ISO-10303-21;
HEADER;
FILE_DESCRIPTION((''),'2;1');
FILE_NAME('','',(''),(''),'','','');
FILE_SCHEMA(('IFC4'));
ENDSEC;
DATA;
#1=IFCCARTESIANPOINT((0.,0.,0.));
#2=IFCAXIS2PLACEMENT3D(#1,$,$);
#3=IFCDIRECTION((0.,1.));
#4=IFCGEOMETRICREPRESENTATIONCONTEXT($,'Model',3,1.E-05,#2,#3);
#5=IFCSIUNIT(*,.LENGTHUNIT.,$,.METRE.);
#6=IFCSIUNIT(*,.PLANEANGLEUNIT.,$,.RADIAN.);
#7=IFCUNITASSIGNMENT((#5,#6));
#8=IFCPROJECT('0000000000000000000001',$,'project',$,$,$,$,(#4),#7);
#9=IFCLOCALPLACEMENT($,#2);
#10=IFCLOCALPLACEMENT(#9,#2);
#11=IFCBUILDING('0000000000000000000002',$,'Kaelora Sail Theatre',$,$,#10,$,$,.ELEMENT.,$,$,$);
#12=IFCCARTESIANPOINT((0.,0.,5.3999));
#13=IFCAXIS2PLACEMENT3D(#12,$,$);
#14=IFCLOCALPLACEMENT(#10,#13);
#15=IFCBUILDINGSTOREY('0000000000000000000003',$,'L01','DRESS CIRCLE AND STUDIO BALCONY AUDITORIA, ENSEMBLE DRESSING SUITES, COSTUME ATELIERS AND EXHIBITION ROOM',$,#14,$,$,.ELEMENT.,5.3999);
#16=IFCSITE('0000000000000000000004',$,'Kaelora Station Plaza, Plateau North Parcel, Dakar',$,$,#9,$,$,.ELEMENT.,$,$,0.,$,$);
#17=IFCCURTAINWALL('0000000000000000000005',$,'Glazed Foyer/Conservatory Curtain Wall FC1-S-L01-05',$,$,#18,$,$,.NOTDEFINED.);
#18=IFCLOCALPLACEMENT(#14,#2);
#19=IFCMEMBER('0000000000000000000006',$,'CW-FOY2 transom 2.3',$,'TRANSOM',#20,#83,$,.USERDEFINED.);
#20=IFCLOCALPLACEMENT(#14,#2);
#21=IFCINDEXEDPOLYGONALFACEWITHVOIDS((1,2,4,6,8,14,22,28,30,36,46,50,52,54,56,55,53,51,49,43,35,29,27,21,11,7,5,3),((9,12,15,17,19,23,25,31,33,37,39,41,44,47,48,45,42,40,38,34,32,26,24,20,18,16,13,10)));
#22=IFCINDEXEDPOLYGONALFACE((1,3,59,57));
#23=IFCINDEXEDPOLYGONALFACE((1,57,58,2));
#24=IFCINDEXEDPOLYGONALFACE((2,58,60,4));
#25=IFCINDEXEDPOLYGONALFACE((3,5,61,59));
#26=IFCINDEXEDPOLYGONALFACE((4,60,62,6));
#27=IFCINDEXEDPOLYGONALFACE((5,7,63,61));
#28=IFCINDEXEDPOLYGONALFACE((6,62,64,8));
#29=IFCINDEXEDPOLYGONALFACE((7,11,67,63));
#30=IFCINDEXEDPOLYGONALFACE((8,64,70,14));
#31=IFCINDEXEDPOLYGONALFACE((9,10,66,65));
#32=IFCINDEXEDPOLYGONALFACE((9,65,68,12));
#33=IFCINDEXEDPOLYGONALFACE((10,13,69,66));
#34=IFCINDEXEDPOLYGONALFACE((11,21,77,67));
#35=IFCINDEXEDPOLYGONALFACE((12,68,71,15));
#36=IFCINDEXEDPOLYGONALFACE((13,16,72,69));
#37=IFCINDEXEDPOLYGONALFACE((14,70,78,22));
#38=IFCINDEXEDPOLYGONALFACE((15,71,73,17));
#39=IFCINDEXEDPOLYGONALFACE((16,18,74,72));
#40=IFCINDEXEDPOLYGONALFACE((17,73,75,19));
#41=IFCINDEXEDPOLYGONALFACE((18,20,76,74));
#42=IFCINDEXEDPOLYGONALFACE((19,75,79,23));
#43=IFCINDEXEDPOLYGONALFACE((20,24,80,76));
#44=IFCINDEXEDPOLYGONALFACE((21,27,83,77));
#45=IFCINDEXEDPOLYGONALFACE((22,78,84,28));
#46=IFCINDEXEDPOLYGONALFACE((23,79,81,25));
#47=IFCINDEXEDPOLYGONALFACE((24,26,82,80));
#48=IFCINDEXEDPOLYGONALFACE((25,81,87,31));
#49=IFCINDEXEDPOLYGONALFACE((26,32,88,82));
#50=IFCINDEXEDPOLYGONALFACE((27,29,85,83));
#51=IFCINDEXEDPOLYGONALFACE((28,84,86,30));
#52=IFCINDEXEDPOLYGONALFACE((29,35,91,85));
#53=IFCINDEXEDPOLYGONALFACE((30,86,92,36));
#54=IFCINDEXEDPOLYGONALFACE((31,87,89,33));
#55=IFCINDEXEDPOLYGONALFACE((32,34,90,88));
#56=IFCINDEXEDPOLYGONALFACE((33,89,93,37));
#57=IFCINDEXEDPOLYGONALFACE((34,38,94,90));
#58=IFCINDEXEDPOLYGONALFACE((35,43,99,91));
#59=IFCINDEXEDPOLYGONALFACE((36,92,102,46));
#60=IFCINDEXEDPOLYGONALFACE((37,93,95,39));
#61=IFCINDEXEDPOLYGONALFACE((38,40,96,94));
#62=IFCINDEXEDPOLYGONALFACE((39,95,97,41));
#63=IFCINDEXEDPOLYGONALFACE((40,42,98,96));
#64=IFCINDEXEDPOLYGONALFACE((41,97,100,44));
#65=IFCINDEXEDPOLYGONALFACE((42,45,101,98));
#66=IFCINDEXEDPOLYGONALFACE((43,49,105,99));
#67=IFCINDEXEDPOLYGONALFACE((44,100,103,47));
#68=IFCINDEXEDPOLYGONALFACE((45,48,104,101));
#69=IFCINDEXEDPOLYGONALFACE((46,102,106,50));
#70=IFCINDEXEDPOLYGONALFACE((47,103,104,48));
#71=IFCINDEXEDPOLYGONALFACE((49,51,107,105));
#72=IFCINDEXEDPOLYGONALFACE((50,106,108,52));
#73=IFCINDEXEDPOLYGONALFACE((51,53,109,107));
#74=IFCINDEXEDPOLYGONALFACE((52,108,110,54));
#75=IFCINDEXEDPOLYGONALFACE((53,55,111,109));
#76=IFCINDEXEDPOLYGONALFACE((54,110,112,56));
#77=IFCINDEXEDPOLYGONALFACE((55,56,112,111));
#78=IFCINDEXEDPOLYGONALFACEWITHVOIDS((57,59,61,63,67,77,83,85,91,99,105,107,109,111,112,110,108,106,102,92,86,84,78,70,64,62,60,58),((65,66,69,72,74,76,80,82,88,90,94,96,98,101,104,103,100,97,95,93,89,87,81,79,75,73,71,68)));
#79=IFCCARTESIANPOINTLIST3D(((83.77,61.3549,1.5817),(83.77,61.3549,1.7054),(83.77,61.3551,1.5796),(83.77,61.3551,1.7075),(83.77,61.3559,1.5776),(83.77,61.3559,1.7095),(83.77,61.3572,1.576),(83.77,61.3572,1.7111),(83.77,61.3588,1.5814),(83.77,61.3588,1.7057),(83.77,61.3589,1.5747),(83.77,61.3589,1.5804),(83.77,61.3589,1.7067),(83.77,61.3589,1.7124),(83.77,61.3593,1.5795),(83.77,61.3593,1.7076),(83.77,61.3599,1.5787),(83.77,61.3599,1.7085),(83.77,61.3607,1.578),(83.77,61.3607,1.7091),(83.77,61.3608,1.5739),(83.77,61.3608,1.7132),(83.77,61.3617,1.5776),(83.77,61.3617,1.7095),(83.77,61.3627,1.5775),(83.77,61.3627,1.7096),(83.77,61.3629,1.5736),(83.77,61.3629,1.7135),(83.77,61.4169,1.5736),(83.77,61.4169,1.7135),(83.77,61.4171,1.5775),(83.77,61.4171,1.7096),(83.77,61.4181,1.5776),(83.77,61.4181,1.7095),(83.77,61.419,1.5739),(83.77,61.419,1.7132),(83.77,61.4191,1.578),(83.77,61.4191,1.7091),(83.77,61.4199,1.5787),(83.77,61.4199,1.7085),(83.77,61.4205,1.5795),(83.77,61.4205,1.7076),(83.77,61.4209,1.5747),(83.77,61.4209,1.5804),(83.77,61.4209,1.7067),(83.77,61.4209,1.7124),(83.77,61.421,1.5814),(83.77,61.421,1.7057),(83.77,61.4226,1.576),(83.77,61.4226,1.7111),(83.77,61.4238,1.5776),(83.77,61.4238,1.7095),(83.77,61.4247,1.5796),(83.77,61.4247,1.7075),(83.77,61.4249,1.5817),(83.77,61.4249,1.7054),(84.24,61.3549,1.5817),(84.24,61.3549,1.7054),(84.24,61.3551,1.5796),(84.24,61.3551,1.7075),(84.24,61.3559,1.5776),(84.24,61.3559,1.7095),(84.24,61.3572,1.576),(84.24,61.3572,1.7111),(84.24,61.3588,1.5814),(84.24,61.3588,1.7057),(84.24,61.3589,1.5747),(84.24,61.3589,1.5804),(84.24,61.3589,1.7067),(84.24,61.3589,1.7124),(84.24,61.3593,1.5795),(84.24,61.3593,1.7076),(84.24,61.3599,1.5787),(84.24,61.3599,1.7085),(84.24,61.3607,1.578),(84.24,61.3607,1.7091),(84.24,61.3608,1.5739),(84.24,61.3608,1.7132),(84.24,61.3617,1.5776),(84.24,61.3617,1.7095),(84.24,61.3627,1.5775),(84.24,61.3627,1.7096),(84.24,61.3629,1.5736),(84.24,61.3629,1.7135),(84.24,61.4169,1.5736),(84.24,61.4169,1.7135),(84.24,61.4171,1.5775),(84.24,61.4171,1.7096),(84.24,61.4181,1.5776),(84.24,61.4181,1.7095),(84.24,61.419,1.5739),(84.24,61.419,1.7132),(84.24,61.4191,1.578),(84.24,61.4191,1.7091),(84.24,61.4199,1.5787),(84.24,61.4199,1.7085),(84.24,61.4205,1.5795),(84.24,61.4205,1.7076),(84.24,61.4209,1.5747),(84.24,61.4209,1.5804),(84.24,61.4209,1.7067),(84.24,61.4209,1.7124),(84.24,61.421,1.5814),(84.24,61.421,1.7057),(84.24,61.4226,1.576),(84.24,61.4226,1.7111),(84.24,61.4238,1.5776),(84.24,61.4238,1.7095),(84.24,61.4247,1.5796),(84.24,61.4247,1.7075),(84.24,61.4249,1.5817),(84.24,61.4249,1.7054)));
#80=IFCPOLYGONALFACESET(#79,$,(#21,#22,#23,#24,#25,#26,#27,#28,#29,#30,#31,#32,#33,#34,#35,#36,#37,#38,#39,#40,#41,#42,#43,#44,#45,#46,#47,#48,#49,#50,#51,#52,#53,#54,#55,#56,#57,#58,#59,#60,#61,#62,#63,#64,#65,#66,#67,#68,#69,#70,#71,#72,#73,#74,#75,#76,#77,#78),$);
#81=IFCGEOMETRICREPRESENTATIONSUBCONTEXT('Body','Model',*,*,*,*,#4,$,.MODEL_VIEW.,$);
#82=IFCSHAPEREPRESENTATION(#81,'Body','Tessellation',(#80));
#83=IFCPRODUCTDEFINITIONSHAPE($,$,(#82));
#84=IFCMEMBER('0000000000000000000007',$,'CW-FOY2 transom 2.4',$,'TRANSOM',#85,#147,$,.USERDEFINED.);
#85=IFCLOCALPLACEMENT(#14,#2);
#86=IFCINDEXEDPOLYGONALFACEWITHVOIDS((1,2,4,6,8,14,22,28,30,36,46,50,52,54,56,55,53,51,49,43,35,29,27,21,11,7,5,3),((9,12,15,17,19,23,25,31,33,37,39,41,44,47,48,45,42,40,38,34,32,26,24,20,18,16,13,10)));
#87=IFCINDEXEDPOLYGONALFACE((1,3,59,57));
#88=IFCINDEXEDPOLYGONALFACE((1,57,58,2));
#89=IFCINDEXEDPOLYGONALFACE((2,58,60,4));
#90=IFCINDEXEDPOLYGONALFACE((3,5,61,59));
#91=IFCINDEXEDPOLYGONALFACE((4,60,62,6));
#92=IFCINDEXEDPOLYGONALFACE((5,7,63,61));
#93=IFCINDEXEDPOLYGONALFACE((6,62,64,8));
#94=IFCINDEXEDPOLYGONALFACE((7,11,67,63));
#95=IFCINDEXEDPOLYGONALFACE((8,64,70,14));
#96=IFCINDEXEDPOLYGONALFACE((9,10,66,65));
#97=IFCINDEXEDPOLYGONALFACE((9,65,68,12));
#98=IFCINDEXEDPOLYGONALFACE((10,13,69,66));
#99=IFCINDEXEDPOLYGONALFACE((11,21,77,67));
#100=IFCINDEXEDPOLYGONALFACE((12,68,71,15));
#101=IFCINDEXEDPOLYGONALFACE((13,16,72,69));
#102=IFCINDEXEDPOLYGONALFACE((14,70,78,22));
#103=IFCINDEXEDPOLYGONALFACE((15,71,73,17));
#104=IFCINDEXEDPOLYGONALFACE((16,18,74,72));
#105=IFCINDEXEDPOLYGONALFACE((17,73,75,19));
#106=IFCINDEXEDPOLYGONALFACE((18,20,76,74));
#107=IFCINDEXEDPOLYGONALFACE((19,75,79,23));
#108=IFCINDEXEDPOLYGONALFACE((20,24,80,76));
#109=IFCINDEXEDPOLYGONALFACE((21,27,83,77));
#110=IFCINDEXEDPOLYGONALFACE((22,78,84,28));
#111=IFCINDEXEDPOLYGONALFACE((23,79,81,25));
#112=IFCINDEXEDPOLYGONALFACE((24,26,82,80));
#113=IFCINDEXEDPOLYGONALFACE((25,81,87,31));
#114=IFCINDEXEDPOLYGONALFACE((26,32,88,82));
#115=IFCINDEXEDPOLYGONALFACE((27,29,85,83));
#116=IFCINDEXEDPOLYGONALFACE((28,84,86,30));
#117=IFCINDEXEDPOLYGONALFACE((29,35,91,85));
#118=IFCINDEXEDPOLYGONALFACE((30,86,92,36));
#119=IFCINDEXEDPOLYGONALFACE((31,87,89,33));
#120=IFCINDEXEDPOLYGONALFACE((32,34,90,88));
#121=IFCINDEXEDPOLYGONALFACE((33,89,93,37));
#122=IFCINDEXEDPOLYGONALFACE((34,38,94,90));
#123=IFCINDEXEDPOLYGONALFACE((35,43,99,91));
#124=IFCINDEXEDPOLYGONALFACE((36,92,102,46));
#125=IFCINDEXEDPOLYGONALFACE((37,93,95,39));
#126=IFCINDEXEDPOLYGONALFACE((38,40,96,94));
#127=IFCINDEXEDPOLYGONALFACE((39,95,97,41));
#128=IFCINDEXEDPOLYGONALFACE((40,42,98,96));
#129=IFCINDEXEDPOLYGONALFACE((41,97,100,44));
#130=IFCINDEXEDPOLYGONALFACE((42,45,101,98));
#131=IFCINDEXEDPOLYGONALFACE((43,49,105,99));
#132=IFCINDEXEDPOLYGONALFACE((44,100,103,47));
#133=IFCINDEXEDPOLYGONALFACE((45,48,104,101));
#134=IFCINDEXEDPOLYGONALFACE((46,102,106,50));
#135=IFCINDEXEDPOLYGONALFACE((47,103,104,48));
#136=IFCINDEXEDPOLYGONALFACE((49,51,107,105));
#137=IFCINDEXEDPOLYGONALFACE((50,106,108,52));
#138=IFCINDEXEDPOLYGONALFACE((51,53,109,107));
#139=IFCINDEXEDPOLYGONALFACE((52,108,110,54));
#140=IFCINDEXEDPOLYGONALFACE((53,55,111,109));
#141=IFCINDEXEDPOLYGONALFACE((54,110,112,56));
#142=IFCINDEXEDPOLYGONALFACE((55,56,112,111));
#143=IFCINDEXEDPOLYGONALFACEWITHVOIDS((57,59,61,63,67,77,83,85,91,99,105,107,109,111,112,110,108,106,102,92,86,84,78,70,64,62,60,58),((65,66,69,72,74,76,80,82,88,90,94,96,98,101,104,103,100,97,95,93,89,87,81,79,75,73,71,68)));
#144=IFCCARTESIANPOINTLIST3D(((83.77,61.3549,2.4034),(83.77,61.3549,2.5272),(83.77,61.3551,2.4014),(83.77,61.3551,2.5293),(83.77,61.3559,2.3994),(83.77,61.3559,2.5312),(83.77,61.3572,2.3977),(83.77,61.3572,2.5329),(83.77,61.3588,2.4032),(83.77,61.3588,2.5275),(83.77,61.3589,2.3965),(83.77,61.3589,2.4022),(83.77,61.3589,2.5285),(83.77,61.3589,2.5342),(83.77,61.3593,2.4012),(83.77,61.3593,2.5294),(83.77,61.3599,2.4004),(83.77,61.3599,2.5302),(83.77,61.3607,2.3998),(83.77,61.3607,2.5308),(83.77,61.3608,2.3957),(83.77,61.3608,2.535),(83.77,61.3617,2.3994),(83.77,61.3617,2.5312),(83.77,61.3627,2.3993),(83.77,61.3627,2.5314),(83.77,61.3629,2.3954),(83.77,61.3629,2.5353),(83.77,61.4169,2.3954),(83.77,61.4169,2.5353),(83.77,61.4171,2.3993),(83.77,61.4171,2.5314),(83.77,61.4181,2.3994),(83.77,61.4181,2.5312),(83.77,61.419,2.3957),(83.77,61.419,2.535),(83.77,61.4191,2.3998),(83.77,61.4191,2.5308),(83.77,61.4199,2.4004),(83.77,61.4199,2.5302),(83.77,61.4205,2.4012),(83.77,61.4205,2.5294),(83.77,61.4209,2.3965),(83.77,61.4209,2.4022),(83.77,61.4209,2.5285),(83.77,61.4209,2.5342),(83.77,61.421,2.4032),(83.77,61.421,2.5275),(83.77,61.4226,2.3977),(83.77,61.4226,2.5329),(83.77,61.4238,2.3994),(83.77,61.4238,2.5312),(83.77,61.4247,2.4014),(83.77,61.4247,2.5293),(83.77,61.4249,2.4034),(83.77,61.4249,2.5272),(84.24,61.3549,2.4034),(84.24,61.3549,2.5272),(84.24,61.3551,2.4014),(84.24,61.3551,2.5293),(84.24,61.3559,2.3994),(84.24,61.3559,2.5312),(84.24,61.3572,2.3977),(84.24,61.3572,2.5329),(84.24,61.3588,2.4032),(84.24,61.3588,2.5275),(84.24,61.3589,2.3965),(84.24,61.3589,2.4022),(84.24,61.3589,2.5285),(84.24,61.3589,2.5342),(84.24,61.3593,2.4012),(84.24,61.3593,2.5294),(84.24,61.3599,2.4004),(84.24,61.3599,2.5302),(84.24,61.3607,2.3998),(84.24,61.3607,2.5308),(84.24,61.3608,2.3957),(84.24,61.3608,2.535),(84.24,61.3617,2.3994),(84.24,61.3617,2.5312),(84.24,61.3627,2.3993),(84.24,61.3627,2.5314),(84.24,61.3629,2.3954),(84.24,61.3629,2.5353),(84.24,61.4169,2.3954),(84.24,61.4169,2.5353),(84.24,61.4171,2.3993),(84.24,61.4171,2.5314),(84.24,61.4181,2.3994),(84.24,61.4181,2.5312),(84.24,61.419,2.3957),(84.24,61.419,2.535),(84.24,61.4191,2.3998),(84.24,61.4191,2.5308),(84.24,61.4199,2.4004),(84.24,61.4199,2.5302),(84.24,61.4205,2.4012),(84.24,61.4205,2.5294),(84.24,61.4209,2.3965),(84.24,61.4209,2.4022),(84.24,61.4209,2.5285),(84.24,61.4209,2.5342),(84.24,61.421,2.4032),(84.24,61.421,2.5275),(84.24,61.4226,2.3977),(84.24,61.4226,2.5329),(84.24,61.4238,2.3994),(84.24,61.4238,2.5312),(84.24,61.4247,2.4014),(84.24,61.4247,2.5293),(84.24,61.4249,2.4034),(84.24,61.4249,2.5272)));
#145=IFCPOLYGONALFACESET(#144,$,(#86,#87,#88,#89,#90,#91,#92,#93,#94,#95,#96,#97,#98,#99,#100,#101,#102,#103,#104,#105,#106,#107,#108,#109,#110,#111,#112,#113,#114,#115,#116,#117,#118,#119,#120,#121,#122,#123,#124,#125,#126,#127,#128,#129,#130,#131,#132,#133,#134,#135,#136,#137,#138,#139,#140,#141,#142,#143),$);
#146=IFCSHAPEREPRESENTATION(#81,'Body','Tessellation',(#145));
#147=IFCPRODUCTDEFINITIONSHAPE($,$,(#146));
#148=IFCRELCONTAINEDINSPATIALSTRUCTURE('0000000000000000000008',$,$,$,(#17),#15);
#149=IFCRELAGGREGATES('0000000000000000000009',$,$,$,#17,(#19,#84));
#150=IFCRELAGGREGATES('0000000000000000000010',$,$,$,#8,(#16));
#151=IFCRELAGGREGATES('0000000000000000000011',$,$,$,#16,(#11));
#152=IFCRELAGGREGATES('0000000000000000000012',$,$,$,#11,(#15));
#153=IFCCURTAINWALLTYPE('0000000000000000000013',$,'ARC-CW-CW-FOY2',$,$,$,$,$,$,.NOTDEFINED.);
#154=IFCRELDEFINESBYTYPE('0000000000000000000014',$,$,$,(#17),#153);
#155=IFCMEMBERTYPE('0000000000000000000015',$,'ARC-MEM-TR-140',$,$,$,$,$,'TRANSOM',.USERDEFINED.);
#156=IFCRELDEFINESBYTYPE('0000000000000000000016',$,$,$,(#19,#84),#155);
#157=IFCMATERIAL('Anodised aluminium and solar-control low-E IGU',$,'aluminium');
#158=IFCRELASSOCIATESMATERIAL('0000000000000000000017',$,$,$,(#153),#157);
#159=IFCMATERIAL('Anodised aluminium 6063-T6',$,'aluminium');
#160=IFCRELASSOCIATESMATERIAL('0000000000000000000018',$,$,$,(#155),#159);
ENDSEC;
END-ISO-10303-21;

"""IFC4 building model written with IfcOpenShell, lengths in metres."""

from ifc_helpers import new_model, si_unit, direction, frame, origin, origin_2d, place, context, subcontext, project, spatial, hollow_rectangle, extrude, material, material_profile, profile_set, type_object, element, aggregate, save


model = new_model("IFC4")

# Units and contexts
model_context = context("Model", 3, precision=1e-05, world=origin(), true_north=direction((0.0, 1.0)))
body_context = subcontext(model_context, "Body", "Model", "MODEL_VIEW")
ifc_project = project(units=[si_unit("LENGTHUNIT", "METRE"), si_unit("PLANEANGLEUNIT", "RADIAN")], contexts=[model_context])

# Site, building, storey
site_placement = place(None, origin())
site = spatial("IfcSite", under=ifc_project, at=site_placement, Name="Kaelora Station Plaza, Plateau North Parcel, Dakar", CompositionType="ELEMENT", RefElevation=0.0)
building_placement = place(site_placement, origin())
building = spatial("IfcBuilding", under=site, at=building_placement, Name="Kaelora Sail Theatre", CompositionType="ELEMENT")
storey_placement = place(building_placement, frame((0.0, 0.0, 5.3999)))
storey = spatial("IfcBuildingStorey", under=building, at=storey_placement, Name="L01", Description="DRESS CIRCLE AND STUDIO BALCONY AUDITORIA, ENSEMBLE DRESSING SUITES, COSTUME ATELIERS AND EXHIBITION ROOM", CompositionType="ELEMENT", Elevation=5.3999)

# Curtain wall
ifc_material_1 = material(Name="Anodised aluminium and solar-control low-E IGU", Category="aluminium")
curtain_wall_type = type_object("IfcCurtainWallType", Name="ARC-CW-CW-FOY2", PredefinedType="NOTDEFINED", material=ifc_material_1)
curtain_wall_1_placement = place(storey_placement, origin())
curtain_wall_1 = element("IfcCurtainWall", 1, at=curtain_wall_1_placement, inside=storey, type_object=curtain_wall_type, Name="Glazed Foyer/Conservatory Curtain Wall FC1-S-L01-05", PredefinedType="NOTDEFINED")

# Members
ifc_material_2 = material(Name="Anodised aluminium 6063-T6", Category="aluminium")
ifc_material_profile_1 = material_profile(ifc_material_2, hollow_rectangle(XDim=0.0701, YDim=0.1399, WallThickness=0.0039, InnerFilletRadius=0.0039, OuterFilletRadius=0.0081, at=origin_2d()), Name="ALU-TRAN 70x140x4")
ifc_profile_set_1 = profile_set([ifc_material_profile_1], Name="Anodised aluminium 6063-T6")
member_type_1 = type_object("IfcMemberType", Name="ARC-MEM-TR-140", ElementType="TRANSOM", PredefinedType="USERDEFINED", material=ifc_profile_set_1)
member_1_placement = place(storey_placement, frame((83.77, 61.3899, 1.6436), z_axis=(1.0, 0.0, 0.0), x_axis=(0.0, 1.0, 0.0)))
member_1 = element("IfcMember", 2, at=member_1_placement, type_object=member_type_1, Name="CW-FOY2 transom 2.3", ObjectType="TRANSOM", PredefinedType="USERDEFINED", context=body_context, shape_type="SweptSolid", body=[
    extrude(hollow_rectangle(XDim=0.0701, YDim=0.1399, WallThickness=0.0039, InnerFilletRadius=0.0039, OuterFilletRadius=0.0081, at=origin_2d()), origin(), (0.0, 0.0, 1.0), 0.47),
])
member_2_placement = place(storey_placement, frame((83.77, 61.3899, 2.4653), z_axis=(1.0, 0.0, 0.0), x_axis=(0.0, 1.0, 0.0)))
member_2 = element("IfcMember", 3, at=member_2_placement, type_object=member_type_1, Name="CW-FOY2 transom 2.4", ObjectType="TRANSOM", PredefinedType="USERDEFINED", context=body_context, shape_type="SweptSolid", body=[
    extrude(hollow_rectangle(XDim=0.0701, YDim=0.1399, WallThickness=0.0039, InnerFilletRadius=0.0039, OuterFilletRadius=0.0081, at=origin_2d()), origin(), (0.0, 0.0, 1.0), 0.47),
])

aggregate(curtain_wall_1, [member_1, member_2])

save(model, "model.ifc")
